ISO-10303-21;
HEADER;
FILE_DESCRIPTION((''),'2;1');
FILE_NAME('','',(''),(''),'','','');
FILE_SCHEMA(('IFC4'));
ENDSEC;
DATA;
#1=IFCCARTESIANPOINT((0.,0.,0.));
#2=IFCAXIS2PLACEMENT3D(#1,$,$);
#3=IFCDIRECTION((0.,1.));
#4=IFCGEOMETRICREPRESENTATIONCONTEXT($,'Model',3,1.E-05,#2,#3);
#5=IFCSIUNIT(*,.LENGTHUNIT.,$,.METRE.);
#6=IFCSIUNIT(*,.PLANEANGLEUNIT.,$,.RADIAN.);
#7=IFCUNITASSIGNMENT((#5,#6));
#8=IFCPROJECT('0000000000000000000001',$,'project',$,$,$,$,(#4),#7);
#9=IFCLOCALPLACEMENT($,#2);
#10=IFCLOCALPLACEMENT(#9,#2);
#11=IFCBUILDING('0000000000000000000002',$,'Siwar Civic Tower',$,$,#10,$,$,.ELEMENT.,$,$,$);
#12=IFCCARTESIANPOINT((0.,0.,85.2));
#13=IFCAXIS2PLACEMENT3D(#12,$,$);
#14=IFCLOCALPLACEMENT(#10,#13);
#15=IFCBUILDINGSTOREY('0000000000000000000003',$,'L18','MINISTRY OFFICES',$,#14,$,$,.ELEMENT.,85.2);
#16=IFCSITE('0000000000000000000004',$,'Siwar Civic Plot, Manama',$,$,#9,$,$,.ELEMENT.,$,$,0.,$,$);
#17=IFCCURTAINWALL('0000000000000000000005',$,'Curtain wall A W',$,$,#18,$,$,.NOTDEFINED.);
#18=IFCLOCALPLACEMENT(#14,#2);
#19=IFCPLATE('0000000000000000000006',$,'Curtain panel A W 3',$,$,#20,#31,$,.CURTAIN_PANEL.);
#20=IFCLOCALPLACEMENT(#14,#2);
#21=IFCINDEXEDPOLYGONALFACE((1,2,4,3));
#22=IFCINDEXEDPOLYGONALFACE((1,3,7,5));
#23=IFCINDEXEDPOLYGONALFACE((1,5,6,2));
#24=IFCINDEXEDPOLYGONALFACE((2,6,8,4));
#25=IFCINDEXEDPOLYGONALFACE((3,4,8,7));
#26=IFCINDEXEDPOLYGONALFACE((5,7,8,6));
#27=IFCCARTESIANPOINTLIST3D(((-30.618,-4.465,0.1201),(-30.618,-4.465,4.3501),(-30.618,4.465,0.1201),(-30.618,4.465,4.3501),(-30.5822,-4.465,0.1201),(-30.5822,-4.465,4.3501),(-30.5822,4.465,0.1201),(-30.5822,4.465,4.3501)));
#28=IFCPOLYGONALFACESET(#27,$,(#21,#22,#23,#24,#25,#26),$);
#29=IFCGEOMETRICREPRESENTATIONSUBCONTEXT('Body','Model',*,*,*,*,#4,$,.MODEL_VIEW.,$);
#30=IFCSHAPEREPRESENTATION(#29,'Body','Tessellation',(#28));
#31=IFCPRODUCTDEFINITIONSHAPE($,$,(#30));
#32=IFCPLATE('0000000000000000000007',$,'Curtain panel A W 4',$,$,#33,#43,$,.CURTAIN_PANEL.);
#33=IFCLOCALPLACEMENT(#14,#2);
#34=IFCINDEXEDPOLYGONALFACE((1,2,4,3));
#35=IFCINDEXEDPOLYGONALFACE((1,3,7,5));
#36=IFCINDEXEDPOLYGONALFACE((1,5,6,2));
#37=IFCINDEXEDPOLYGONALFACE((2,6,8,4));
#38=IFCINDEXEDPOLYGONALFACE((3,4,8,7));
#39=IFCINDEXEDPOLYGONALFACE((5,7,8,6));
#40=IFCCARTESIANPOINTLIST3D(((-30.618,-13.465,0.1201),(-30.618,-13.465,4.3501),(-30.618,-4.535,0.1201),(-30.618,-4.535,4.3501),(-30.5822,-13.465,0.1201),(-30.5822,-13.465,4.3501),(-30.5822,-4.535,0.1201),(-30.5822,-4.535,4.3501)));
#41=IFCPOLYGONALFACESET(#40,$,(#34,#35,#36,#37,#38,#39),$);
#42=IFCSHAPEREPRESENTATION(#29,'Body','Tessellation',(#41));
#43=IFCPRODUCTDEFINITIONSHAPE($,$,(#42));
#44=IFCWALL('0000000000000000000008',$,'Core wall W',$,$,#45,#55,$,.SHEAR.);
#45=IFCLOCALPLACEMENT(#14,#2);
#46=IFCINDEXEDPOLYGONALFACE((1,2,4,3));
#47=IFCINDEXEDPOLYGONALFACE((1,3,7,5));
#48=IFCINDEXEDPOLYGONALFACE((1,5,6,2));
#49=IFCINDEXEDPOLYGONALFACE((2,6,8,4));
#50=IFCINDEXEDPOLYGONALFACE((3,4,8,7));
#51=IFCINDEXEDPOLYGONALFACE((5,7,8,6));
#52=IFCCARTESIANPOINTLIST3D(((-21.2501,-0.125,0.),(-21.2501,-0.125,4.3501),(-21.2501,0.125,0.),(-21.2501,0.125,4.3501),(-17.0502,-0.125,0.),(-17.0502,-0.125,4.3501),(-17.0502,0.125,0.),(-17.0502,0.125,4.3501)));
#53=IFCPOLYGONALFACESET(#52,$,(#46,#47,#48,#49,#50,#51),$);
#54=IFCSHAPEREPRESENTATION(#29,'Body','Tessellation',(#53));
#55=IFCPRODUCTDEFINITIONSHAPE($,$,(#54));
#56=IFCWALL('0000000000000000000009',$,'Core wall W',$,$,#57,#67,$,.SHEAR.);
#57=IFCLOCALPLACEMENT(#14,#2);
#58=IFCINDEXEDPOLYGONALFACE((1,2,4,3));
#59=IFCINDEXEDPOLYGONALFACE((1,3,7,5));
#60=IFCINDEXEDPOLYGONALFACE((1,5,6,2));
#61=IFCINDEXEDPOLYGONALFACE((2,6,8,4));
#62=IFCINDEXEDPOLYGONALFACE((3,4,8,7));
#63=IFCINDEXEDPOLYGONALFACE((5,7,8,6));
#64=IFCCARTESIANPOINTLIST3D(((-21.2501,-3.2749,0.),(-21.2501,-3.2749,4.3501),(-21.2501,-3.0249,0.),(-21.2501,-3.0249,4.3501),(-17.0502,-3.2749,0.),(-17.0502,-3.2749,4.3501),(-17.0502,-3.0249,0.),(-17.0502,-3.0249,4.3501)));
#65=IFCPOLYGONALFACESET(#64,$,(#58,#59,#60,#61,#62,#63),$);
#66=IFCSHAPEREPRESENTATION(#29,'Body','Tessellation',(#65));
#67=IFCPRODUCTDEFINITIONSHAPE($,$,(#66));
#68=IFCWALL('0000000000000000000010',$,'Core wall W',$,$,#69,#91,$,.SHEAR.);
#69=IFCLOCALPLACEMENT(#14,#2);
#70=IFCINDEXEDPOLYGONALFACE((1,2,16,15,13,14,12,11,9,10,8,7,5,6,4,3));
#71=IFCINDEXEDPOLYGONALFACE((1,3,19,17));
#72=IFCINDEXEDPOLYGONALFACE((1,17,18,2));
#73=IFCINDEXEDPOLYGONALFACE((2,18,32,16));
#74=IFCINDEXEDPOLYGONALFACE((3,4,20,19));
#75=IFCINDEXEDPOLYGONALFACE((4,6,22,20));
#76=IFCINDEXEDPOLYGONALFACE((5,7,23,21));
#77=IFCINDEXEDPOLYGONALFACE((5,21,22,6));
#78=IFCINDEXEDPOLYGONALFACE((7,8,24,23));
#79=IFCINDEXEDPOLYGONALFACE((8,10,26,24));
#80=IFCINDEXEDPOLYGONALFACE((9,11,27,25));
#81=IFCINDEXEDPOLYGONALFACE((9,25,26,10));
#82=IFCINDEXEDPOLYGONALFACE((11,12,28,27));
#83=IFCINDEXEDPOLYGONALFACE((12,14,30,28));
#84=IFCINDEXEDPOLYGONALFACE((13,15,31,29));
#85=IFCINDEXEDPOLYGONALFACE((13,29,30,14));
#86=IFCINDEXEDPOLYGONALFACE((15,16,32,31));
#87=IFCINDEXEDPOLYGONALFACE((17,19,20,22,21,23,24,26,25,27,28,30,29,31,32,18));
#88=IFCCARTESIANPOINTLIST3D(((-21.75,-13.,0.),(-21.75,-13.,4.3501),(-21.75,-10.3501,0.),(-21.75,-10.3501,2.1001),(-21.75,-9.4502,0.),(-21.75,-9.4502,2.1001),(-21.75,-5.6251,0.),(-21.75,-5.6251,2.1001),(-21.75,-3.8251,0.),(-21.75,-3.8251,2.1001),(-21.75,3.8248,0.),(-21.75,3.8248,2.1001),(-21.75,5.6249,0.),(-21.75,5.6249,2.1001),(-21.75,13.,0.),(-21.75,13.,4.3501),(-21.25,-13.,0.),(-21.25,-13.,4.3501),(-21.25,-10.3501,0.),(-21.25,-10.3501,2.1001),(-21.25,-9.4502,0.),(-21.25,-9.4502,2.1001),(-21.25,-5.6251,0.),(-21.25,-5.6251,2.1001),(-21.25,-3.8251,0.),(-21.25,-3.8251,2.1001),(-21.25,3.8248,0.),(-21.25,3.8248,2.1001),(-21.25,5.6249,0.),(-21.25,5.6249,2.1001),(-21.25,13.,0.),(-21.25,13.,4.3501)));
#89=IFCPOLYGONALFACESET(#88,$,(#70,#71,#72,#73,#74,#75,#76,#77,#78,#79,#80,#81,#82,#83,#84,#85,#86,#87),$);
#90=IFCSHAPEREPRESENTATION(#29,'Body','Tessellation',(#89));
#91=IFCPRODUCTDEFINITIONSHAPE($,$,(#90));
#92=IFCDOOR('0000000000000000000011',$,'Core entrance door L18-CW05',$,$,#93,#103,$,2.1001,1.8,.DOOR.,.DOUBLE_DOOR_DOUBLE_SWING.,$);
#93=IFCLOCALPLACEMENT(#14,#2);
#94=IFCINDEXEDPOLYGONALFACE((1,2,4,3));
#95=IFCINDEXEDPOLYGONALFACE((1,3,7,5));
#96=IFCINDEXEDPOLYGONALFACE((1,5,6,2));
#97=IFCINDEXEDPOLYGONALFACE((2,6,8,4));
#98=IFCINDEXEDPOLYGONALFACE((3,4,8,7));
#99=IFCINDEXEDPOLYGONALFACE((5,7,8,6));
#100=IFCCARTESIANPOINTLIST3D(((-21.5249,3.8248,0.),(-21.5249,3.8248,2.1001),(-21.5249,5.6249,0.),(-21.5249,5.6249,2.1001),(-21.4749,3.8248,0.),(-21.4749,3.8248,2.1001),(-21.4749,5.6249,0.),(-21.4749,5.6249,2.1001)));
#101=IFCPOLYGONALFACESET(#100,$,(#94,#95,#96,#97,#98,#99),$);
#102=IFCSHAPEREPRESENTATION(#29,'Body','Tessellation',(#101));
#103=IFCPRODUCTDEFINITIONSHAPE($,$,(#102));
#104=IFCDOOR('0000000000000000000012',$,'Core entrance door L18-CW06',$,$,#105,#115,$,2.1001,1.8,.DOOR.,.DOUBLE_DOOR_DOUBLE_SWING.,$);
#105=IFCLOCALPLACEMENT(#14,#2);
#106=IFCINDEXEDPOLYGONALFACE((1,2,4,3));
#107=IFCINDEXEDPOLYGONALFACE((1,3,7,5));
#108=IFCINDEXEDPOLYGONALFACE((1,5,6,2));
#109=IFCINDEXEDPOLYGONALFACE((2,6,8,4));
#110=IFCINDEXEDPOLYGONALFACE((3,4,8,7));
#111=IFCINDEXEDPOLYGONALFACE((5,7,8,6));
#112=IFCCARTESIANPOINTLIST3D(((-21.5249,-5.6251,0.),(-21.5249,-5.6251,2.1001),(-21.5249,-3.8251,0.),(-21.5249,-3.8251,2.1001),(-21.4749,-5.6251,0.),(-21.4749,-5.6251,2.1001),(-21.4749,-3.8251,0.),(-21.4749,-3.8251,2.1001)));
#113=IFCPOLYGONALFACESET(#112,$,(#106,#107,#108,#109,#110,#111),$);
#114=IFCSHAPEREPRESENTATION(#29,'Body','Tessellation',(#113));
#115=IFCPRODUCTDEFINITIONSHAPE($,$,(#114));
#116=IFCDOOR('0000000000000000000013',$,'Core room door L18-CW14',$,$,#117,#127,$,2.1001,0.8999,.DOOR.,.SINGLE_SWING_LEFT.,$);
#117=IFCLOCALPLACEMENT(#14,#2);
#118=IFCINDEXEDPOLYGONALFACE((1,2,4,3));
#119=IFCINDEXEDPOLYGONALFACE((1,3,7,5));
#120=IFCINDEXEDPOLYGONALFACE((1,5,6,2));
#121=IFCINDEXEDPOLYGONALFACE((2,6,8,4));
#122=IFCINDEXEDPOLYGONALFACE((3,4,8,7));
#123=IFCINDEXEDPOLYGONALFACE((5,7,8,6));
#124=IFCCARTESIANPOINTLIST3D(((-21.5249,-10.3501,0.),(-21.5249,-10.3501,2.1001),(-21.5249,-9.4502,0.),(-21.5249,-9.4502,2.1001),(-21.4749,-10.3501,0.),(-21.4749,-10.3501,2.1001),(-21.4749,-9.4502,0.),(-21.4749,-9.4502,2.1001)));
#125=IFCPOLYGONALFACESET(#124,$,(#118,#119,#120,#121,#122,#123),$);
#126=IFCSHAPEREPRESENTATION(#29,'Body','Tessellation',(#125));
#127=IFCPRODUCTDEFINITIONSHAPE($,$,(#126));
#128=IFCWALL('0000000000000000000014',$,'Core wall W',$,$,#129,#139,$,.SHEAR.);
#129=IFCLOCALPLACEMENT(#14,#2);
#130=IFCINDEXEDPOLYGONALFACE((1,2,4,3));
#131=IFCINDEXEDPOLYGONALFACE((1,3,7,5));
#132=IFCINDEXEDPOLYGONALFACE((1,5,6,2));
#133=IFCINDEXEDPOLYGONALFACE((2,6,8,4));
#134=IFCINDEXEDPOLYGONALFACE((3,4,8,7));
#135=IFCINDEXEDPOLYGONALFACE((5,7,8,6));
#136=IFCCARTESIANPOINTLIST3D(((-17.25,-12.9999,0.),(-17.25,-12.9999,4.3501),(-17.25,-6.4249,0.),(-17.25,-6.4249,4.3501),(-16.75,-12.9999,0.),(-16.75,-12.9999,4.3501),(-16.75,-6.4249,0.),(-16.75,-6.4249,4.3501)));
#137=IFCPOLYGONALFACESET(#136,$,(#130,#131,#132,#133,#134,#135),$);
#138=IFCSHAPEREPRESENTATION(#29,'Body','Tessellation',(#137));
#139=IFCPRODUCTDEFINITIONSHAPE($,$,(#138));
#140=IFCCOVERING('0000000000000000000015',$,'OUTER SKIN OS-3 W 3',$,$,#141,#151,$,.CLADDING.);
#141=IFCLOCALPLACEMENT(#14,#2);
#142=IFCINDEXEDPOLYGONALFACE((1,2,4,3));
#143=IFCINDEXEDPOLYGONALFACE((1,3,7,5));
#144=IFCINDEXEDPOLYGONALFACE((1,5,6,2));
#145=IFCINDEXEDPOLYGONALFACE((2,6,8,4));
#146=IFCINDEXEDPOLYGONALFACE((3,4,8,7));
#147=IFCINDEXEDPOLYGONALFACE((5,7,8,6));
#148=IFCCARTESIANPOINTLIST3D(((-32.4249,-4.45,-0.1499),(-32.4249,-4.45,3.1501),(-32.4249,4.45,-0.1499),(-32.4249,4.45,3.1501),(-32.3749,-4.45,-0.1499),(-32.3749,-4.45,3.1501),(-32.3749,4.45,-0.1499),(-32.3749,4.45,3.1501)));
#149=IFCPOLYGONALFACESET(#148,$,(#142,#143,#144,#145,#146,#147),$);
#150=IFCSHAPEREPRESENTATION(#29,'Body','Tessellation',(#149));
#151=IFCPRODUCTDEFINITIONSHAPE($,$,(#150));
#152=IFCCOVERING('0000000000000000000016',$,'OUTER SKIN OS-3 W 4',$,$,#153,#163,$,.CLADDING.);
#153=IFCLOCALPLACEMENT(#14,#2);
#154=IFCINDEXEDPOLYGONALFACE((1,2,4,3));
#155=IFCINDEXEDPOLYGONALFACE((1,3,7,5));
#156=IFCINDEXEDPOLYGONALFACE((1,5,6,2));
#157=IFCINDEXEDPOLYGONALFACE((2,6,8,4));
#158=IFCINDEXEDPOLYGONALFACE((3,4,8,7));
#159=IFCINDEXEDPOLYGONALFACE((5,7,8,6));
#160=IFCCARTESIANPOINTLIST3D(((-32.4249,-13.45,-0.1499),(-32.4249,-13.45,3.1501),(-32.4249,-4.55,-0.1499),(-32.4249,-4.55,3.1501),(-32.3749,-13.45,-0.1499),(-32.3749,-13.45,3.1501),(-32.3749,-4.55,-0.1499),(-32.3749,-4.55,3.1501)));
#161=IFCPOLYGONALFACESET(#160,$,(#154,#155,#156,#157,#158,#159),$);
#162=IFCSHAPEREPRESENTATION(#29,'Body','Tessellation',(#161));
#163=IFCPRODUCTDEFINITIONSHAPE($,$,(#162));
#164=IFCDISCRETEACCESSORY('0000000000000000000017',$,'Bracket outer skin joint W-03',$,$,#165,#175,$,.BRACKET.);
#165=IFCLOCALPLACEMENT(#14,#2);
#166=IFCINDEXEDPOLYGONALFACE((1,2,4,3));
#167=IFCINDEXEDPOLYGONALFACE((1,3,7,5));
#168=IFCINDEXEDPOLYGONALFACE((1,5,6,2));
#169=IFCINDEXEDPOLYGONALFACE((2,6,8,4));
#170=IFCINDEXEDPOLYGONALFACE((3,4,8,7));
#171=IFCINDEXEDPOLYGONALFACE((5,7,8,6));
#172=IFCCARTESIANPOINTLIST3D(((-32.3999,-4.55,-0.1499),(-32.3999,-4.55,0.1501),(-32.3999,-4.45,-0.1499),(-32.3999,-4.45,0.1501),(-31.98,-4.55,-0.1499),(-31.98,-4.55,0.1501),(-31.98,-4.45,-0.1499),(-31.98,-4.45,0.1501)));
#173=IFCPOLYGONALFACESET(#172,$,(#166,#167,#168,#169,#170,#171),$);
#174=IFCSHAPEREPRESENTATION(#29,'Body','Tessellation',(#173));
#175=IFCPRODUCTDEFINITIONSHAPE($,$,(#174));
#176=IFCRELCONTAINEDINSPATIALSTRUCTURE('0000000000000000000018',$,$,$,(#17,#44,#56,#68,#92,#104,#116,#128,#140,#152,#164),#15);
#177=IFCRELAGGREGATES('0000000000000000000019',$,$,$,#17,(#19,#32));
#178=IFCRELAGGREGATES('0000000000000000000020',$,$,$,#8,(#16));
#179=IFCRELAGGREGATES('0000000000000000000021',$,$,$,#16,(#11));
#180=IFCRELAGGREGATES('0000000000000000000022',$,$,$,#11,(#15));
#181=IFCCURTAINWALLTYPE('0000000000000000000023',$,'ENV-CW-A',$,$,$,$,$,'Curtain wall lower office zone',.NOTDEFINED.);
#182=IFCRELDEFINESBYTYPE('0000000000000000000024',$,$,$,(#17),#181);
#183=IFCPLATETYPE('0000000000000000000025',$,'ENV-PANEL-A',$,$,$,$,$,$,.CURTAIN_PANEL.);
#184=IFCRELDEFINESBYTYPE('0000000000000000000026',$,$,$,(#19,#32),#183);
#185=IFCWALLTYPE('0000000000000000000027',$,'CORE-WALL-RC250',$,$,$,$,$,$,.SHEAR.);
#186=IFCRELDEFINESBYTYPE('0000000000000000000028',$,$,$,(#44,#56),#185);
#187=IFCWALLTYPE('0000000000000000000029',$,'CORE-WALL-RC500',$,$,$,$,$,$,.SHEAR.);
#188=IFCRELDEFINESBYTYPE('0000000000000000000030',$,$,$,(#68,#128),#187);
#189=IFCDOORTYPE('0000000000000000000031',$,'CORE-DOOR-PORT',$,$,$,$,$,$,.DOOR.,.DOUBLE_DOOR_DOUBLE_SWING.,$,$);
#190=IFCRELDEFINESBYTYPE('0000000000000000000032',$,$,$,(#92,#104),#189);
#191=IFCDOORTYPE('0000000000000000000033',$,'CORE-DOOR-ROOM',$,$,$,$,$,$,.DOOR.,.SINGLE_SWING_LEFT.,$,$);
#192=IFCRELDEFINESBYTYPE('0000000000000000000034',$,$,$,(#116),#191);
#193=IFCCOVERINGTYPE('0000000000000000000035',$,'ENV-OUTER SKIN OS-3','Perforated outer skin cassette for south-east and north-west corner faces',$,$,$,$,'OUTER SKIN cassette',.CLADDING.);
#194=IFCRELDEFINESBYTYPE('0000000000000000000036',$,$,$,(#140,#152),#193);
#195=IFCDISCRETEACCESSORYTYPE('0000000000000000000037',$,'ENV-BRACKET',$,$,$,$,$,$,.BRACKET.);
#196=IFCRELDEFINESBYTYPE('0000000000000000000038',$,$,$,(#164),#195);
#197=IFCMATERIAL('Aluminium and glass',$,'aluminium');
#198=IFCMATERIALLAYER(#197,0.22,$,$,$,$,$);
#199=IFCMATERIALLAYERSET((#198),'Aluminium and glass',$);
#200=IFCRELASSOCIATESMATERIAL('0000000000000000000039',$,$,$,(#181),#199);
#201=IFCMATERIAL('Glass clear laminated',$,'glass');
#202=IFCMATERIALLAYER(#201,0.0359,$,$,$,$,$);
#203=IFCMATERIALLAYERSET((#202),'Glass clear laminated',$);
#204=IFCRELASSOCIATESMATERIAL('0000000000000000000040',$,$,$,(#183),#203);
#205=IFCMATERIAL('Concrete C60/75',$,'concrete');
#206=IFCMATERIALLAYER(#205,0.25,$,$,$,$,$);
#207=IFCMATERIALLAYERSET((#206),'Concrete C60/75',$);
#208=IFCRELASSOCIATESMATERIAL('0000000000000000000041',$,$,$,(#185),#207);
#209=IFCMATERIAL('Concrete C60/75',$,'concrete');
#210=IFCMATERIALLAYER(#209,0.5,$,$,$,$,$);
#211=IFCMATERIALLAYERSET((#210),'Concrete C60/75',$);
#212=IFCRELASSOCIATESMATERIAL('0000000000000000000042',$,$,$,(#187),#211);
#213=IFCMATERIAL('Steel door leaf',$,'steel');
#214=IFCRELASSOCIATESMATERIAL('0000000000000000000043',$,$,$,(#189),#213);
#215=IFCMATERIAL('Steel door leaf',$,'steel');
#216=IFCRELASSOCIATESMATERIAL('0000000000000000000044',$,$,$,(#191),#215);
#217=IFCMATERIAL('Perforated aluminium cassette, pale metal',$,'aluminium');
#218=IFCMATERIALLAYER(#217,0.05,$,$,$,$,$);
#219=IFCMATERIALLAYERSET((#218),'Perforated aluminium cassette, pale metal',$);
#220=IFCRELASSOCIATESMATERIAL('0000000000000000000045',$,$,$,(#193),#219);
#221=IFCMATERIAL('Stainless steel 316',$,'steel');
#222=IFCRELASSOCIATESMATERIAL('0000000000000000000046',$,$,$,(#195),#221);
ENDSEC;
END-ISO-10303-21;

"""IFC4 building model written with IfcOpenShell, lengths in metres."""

from ifc_helpers import new_model, si_unit, direction, frame, frame_2d, origin, origin_2d, place, context, subcontext, project, spatial, rectangle, extrude, material, layer, layer_set, type_object, element, fill, aggregate, save


model = new_model("IFC4")

# Units and contexts
model_context = context("Model", 3, precision=1e-05, world=origin(), true_north=direction((0.0, 1.0)))
body_context = subcontext(model_context, "Body", "Model", "MODEL_VIEW")
ifc_project = project(units=[si_unit("LENGTHUNIT", "METRE"), si_unit("PLANEANGLEUNIT", "RADIAN")], contexts=[model_context])

# Site, building, storey
site_placement = place(None, origin())
site = spatial("IfcSite", under=ifc_project, at=site_placement, Name="Siwar Civic Plot, Manama", CompositionType="ELEMENT", RefElevation=0.0)
building_placement = place(site_placement, origin())
building = spatial("IfcBuilding", under=site, at=building_placement, Name="Siwar Civic Tower", CompositionType="ELEMENT")
storey_placement = place(building_placement, frame((0.0, 0.0, 85.2)))
storey = spatial("IfcBuildingStorey", under=building, at=storey_placement, Name="L18", Description="MINISTRY OFFICES", CompositionType="ELEMENT", Elevation=85.2)

# Curtain wall
ifc_material_1 = material(Name="Aluminium and glass", Category="aluminium")
ifc_layer_1 = layer(ifc_material_1, 0.22)
ifc_layer_set_1 = layer_set([ifc_layer_1], Name="Aluminium and glass")
curtain_wall_type = type_object("IfcCurtainWallType", Name="ENV-CW-A", ElementType="Curtain wall lower office zone", PredefinedType="NOTDEFINED", material=ifc_layer_set_1)
curtain_wall_placement = place(storey_placement, origin())
curtain_wall = element("IfcCurtainWall", 1, at=curtain_wall_placement, inside=storey, type_object=curtain_wall_type, Name="Curtain wall A W", PredefinedType="NOTDEFINED")

# Plates
ifc_material_2 = material(Name="Glass clear laminated", Category="glass")
ifc_layer_2 = layer(ifc_material_2, 0.0359)
ifc_layer_set_2 = layer_set([ifc_layer_2], Name="Glass clear laminated")
plate_type = type_object("IfcPlateType", Name="ENV-PANEL-A", PredefinedType="CURTAIN_PANEL", material=ifc_layer_set_2)
plate_1_placement = place(storey_placement, frame((-30.6001, 0.0, 0.1201), z_axis=(0.0, 0.0, 1.0), x_axis=(0.0, -1.0, 0.0)))
plate_1 = element("IfcPlate", 2, at=plate_1_placement, type_object=plate_type, Name="Curtain panel A W 3", PredefinedType="CURTAIN_PANEL", context=body_context, shape_type="SweptSolid", body=[
    extrude(rectangle(XDim=8.9299, YDim=0.0359, at=origin_2d()), origin(), (0.0, 0.0, 1.0), 4.23),
])
plate_2_placement = place(storey_placement, frame((-30.6001, -9.0, 0.1201), z_axis=(0.0, 0.0, 1.0), x_axis=(0.0, -1.0, 0.0)))
plate_2 = element("IfcPlate", 3, at=plate_2_placement, type_object=plate_type, Name="Curtain panel A W 4", PredefinedType="CURTAIN_PANEL", context=body_context, shape_type="SweptSolid", body=[
    extrude(rectangle(XDim=8.9299, YDim=0.0359, at=origin_2d()), origin(), (0.0, 0.0, 1.0), 4.23),
])
aggregate(curtain_wall, [plate_1, plate_2])

# Walls
ifc_material_3 = material(Name="Concrete C60/75", Category="concrete")
ifc_layer_3 = layer(ifc_material_3, 0.25)
ifc_layer_set_3 = layer_set([ifc_layer_3], Name="Concrete C60/75")
wall_type_1 = type_object("IfcWallType", Name="CORE-WALL-RC250", PredefinedType="SHEAR", material=ifc_layer_set_3)
for number, where, z_axis, x_axis, name in (
    (4, (-17.05, 0.0, 0.0), (0.0, 0.0, 1.0), (-1.0, 0.0, 0.0), "Core wall W"),
    (5, (-17.05, -3.1499, 0.0), (0.0, 0.0, 1.0), (-1.0, 0.0, 0.0), "Core wall W"),
):
    element("IfcWall", number, at=place(storey_placement, frame(where, z_axis=z_axis, x_axis=x_axis)), inside=storey, type_object=wall_type_1, Name=name, PredefinedType="SHEAR", context=body_context, shape_type="SweptSolid", body=[
        extrude(rectangle(XDim=4.2, YDim=0.25, at=frame_2d((2.1001, 0.0))), origin(), (0.0, 0.0, 1.0), 4.3501),
    ])

# Wall, openings, doors
ifc_material_4 = material(Name="Concrete C60/75", Category="concrete")
ifc_layer_4 = layer(ifc_material_4, 0.5)
ifc_layer_set_4 = layer_set([ifc_layer_4], Name="Concrete C60/75")
wall_type_2 = type_object("IfcWallType", Name="CORE-WALL-RC500", PredefinedType="SHEAR", material=ifc_layer_set_4)
wall_1_placement = place(storey_placement, frame((-21.5, -13.0, 0.0), z_axis=(0.0, 0.0, 1.0), x_axis=(0.0, 1.0, 0.0)))
wall_1 = element("IfcWall", 6, at=wall_1_placement, inside=storey, type_object=wall_type_2, Name="Core wall W", PredefinedType="SHEAR", context=body_context, shape_type="SweptSolid", body=[
    extrude(rectangle(XDim=26.0, YDim=0.5, at=frame_2d((13.0, 0.0))), origin(), (0.0, 0.0, 1.0), 4.3501),
])
opening_1_placement = place(wall_1_placement, frame((16.825, 0.0, 0.0)))
opening_1 = element("IfcOpeningElement", 7, at=opening_1_placement, cuts=wall_1, PredefinedType="OPENING", context=body_context, shape_type="SweptSolid", body=[
    extrude(rectangle(XDim=1.8, YDim=2.1001, at=frame_2d((0.8999, 1.05))), frame((0.0, 0.26, 0.0), z_axis=(0.0, -1.0, 0.0), x_axis=(1.0, 0.0, 0.0)), (0.0, 0.0, 1.0), 0.52),
])
opening_2_placement = place(wall_1_placement, frame((7.375, 0.0, 0.0)))
opening_2 = element("IfcOpeningElement", 8, at=opening_2_placement, cuts=wall_1, PredefinedType="OPENING", context=body_context, shape_type="SweptSolid", body=[
    extrude(rectangle(XDim=1.8, YDim=2.1001, at=frame_2d((0.8999, 1.05))), frame((0.0, 0.26, 0.0), z_axis=(0.0, -1.0, 0.0), x_axis=(1.0, 0.0, 0.0)), (0.0, 0.0, 1.0), 0.52),
])
opening_3_placement = place(wall_1_placement, frame((2.6499, 0.0, 0.0)))
opening_3 = element("IfcOpeningElement", 9, at=opening_3_placement, cuts=wall_1, PredefinedType="OPENING", context=body_context, shape_type="SweptSolid", body=[
    extrude(rectangle(XDim=0.8999, YDim=2.1001, at=frame_2d((0.45, 1.05))), frame((0.0, 0.26, 0.0), z_axis=(0.0, -1.0, 0.0), x_axis=(1.0, 0.0, 0.0)), (0.0, 0.0, 1.0), 0.52),
])
ifc_material_5 = material(Name="Steel door leaf", Category="steel")
door_type_1 = type_object("IfcDoorType", Name="CORE-DOOR-PORT", OperationType="DOUBLE_DOOR_DOUBLE_SWING", PredefinedType="DOOR", material=ifc_material_5)
door_1_placement = place(opening_1_placement, origin())
door_1 = element("IfcDoor", 10, at=door_1_placement, inside=storey, type_object=door_type_1, Name="Core entrance door L18-CW05", OperationType="DOUBLE_DOOR_DOUBLE_SWING", OverallHeight=2.1001, OverallWidth=1.8, PredefinedType="DOOR", context=body_context, shape_type="SweptSolid", body=[
    extrude(rectangle(XDim=1.8, YDim=2.1001, at=frame_2d((0.8999, 1.05))), frame((0.0, 0.0249, 0.0), z_axis=(0.0, -1.0, 0.0), x_axis=(1.0, 0.0, 0.0)), (0.0, 0.0, 1.0), 0.05),
])
fill(opening_1, door_1)
door_2_placement = place(opening_2_placement, origin())
door_2 = element("IfcDoor", 11, at=door_2_placement, inside=storey, type_object=door_type_1, Name="Core entrance door L18-CW06", OperationType="DOUBLE_DOOR_DOUBLE_SWING", OverallHeight=2.1001, OverallWidth=1.8, PredefinedType="DOOR", context=body_context, shape_type="SweptSolid", body=[
    extrude(rectangle(XDim=1.8, YDim=2.1001, at=frame_2d((0.8999, 1.05))), frame((0.0, 0.0249, 0.0), z_axis=(0.0, -1.0, 0.0), x_axis=(1.0, 0.0, 0.0)), (0.0, 0.0, 1.0), 0.05),
])
fill(opening_2, door_2)
ifc_material_6 = material(Name="Steel door leaf", Category="steel")
door_type_2 = type_object("IfcDoorType", Name="CORE-DOOR-ROOM", OperationType="SINGLE_SWING_LEFT", PredefinedType="DOOR", material=ifc_material_6)
door_3_placement = place(opening_3_placement, origin())
door_3 = element("IfcDoor", 12, at=door_3_placement, inside=storey, type_object=door_type_2, Name="Core room door L18-CW14", OperationType="SINGLE_SWING_LEFT", OverallHeight=2.1001, OverallWidth=0.8999, PredefinedType="DOOR", context=body_context, shape_type="SweptSolid", body=[
    extrude(rectangle(XDim=0.8999, YDim=2.1001, at=frame_2d((0.45, 1.05))), frame((0.0, 0.0249, 0.0), z_axis=(0.0, -1.0, 0.0), x_axis=(1.0, 0.0, 0.0)), (0.0, 0.0, 1.0), 0.05),
])
fill(opening_3, door_3)

# Wall
wall_2_placement = place(storey_placement, frame((-17.0, -13.0, 0.0), z_axis=(0.0, 0.0, 1.0), x_axis=(0.0, 1.0, 0.0)))
element("IfcWall", 13, at=wall_2_placement, inside=storey, type_object=wall_type_2, Name="Core wall W", PredefinedType="SHEAR", context=body_context, shape_type="SweptSolid", body=[
    extrude(rectangle(XDim=6.575, YDim=0.5, at=frame_2d((3.2876, 0.0))), origin(), (0.0, 0.0, 1.0), 4.3501),
])

# Coverings
ifc_material_7 = material(Name="Perforated aluminium cassette, pale metal", Category="aluminium")
ifc_layer_5 = layer(ifc_material_7, 0.05)
ifc_layer_set_5 = layer_set([ifc_layer_5], Name="Perforated aluminium cassette, pale metal")
covering_type = type_object("IfcCoveringType", Name="ENV-OUTER SKIN OS-3", Description="Perforated outer skin cassette for south-east and north-west corner faces", ElementType="OUTER SKIN cassette", PredefinedType="CLADDING", material=ifc_layer_set_5)
for number, where, z_axis, x_axis, name in (
    (14, (-32.3999, 0.0, -0.1499), (0.0, 0.0, 1.0), (0.0, -1.0, 0.0), "OUTER SKIN OS-3 W 3"),
    (15, (-32.3999, -9.0, -0.1499), (0.0, 0.0, 1.0), (0.0, -1.0, 0.0), "OUTER SKIN OS-3 W 4"),
):
    element("IfcCovering", number, at=place(storey_placement, frame(where, z_axis=z_axis, x_axis=x_axis)), inside=storey, type_object=covering_type, Name=name, PredefinedType="CLADDING", context=body_context, shape_type="SweptSolid", body=[
        extrude(rectangle(XDim=8.8999, YDim=0.05, at=origin_2d()), origin(), (0.0, 0.0, 1.0), 3.3),
    ])

# Discrete accessory
ifc_material_8 = material(Name="Stainless steel 316", Category="steel")
discrete_accessory_type = type_object("IfcDiscreteAccessoryType", Name="ENV-BRACKET", PredefinedType="BRACKET", material=ifc_material_8)
discrete_accessory_placement = place(storey_placement, frame((-32.1899, -4.5, -0.1499), z_axis=(0.0, 0.0, 1.0), x_axis=(-1.0, 0.0, 0.0)))
element("IfcDiscreteAccessory", 16, at=discrete_accessory_placement, inside=storey, type_object=discrete_accessory_type, Name="Bracket outer skin joint W-03", PredefinedType="BRACKET", context=body_context, shape_type="SweptSolid", body=[
    extrude(rectangle(XDim=0.4199, YDim=0.1001, at=origin_2d()), origin(), (0.0, 0.0, 1.0), 0.3),
])

save(model, "model.ifc")
